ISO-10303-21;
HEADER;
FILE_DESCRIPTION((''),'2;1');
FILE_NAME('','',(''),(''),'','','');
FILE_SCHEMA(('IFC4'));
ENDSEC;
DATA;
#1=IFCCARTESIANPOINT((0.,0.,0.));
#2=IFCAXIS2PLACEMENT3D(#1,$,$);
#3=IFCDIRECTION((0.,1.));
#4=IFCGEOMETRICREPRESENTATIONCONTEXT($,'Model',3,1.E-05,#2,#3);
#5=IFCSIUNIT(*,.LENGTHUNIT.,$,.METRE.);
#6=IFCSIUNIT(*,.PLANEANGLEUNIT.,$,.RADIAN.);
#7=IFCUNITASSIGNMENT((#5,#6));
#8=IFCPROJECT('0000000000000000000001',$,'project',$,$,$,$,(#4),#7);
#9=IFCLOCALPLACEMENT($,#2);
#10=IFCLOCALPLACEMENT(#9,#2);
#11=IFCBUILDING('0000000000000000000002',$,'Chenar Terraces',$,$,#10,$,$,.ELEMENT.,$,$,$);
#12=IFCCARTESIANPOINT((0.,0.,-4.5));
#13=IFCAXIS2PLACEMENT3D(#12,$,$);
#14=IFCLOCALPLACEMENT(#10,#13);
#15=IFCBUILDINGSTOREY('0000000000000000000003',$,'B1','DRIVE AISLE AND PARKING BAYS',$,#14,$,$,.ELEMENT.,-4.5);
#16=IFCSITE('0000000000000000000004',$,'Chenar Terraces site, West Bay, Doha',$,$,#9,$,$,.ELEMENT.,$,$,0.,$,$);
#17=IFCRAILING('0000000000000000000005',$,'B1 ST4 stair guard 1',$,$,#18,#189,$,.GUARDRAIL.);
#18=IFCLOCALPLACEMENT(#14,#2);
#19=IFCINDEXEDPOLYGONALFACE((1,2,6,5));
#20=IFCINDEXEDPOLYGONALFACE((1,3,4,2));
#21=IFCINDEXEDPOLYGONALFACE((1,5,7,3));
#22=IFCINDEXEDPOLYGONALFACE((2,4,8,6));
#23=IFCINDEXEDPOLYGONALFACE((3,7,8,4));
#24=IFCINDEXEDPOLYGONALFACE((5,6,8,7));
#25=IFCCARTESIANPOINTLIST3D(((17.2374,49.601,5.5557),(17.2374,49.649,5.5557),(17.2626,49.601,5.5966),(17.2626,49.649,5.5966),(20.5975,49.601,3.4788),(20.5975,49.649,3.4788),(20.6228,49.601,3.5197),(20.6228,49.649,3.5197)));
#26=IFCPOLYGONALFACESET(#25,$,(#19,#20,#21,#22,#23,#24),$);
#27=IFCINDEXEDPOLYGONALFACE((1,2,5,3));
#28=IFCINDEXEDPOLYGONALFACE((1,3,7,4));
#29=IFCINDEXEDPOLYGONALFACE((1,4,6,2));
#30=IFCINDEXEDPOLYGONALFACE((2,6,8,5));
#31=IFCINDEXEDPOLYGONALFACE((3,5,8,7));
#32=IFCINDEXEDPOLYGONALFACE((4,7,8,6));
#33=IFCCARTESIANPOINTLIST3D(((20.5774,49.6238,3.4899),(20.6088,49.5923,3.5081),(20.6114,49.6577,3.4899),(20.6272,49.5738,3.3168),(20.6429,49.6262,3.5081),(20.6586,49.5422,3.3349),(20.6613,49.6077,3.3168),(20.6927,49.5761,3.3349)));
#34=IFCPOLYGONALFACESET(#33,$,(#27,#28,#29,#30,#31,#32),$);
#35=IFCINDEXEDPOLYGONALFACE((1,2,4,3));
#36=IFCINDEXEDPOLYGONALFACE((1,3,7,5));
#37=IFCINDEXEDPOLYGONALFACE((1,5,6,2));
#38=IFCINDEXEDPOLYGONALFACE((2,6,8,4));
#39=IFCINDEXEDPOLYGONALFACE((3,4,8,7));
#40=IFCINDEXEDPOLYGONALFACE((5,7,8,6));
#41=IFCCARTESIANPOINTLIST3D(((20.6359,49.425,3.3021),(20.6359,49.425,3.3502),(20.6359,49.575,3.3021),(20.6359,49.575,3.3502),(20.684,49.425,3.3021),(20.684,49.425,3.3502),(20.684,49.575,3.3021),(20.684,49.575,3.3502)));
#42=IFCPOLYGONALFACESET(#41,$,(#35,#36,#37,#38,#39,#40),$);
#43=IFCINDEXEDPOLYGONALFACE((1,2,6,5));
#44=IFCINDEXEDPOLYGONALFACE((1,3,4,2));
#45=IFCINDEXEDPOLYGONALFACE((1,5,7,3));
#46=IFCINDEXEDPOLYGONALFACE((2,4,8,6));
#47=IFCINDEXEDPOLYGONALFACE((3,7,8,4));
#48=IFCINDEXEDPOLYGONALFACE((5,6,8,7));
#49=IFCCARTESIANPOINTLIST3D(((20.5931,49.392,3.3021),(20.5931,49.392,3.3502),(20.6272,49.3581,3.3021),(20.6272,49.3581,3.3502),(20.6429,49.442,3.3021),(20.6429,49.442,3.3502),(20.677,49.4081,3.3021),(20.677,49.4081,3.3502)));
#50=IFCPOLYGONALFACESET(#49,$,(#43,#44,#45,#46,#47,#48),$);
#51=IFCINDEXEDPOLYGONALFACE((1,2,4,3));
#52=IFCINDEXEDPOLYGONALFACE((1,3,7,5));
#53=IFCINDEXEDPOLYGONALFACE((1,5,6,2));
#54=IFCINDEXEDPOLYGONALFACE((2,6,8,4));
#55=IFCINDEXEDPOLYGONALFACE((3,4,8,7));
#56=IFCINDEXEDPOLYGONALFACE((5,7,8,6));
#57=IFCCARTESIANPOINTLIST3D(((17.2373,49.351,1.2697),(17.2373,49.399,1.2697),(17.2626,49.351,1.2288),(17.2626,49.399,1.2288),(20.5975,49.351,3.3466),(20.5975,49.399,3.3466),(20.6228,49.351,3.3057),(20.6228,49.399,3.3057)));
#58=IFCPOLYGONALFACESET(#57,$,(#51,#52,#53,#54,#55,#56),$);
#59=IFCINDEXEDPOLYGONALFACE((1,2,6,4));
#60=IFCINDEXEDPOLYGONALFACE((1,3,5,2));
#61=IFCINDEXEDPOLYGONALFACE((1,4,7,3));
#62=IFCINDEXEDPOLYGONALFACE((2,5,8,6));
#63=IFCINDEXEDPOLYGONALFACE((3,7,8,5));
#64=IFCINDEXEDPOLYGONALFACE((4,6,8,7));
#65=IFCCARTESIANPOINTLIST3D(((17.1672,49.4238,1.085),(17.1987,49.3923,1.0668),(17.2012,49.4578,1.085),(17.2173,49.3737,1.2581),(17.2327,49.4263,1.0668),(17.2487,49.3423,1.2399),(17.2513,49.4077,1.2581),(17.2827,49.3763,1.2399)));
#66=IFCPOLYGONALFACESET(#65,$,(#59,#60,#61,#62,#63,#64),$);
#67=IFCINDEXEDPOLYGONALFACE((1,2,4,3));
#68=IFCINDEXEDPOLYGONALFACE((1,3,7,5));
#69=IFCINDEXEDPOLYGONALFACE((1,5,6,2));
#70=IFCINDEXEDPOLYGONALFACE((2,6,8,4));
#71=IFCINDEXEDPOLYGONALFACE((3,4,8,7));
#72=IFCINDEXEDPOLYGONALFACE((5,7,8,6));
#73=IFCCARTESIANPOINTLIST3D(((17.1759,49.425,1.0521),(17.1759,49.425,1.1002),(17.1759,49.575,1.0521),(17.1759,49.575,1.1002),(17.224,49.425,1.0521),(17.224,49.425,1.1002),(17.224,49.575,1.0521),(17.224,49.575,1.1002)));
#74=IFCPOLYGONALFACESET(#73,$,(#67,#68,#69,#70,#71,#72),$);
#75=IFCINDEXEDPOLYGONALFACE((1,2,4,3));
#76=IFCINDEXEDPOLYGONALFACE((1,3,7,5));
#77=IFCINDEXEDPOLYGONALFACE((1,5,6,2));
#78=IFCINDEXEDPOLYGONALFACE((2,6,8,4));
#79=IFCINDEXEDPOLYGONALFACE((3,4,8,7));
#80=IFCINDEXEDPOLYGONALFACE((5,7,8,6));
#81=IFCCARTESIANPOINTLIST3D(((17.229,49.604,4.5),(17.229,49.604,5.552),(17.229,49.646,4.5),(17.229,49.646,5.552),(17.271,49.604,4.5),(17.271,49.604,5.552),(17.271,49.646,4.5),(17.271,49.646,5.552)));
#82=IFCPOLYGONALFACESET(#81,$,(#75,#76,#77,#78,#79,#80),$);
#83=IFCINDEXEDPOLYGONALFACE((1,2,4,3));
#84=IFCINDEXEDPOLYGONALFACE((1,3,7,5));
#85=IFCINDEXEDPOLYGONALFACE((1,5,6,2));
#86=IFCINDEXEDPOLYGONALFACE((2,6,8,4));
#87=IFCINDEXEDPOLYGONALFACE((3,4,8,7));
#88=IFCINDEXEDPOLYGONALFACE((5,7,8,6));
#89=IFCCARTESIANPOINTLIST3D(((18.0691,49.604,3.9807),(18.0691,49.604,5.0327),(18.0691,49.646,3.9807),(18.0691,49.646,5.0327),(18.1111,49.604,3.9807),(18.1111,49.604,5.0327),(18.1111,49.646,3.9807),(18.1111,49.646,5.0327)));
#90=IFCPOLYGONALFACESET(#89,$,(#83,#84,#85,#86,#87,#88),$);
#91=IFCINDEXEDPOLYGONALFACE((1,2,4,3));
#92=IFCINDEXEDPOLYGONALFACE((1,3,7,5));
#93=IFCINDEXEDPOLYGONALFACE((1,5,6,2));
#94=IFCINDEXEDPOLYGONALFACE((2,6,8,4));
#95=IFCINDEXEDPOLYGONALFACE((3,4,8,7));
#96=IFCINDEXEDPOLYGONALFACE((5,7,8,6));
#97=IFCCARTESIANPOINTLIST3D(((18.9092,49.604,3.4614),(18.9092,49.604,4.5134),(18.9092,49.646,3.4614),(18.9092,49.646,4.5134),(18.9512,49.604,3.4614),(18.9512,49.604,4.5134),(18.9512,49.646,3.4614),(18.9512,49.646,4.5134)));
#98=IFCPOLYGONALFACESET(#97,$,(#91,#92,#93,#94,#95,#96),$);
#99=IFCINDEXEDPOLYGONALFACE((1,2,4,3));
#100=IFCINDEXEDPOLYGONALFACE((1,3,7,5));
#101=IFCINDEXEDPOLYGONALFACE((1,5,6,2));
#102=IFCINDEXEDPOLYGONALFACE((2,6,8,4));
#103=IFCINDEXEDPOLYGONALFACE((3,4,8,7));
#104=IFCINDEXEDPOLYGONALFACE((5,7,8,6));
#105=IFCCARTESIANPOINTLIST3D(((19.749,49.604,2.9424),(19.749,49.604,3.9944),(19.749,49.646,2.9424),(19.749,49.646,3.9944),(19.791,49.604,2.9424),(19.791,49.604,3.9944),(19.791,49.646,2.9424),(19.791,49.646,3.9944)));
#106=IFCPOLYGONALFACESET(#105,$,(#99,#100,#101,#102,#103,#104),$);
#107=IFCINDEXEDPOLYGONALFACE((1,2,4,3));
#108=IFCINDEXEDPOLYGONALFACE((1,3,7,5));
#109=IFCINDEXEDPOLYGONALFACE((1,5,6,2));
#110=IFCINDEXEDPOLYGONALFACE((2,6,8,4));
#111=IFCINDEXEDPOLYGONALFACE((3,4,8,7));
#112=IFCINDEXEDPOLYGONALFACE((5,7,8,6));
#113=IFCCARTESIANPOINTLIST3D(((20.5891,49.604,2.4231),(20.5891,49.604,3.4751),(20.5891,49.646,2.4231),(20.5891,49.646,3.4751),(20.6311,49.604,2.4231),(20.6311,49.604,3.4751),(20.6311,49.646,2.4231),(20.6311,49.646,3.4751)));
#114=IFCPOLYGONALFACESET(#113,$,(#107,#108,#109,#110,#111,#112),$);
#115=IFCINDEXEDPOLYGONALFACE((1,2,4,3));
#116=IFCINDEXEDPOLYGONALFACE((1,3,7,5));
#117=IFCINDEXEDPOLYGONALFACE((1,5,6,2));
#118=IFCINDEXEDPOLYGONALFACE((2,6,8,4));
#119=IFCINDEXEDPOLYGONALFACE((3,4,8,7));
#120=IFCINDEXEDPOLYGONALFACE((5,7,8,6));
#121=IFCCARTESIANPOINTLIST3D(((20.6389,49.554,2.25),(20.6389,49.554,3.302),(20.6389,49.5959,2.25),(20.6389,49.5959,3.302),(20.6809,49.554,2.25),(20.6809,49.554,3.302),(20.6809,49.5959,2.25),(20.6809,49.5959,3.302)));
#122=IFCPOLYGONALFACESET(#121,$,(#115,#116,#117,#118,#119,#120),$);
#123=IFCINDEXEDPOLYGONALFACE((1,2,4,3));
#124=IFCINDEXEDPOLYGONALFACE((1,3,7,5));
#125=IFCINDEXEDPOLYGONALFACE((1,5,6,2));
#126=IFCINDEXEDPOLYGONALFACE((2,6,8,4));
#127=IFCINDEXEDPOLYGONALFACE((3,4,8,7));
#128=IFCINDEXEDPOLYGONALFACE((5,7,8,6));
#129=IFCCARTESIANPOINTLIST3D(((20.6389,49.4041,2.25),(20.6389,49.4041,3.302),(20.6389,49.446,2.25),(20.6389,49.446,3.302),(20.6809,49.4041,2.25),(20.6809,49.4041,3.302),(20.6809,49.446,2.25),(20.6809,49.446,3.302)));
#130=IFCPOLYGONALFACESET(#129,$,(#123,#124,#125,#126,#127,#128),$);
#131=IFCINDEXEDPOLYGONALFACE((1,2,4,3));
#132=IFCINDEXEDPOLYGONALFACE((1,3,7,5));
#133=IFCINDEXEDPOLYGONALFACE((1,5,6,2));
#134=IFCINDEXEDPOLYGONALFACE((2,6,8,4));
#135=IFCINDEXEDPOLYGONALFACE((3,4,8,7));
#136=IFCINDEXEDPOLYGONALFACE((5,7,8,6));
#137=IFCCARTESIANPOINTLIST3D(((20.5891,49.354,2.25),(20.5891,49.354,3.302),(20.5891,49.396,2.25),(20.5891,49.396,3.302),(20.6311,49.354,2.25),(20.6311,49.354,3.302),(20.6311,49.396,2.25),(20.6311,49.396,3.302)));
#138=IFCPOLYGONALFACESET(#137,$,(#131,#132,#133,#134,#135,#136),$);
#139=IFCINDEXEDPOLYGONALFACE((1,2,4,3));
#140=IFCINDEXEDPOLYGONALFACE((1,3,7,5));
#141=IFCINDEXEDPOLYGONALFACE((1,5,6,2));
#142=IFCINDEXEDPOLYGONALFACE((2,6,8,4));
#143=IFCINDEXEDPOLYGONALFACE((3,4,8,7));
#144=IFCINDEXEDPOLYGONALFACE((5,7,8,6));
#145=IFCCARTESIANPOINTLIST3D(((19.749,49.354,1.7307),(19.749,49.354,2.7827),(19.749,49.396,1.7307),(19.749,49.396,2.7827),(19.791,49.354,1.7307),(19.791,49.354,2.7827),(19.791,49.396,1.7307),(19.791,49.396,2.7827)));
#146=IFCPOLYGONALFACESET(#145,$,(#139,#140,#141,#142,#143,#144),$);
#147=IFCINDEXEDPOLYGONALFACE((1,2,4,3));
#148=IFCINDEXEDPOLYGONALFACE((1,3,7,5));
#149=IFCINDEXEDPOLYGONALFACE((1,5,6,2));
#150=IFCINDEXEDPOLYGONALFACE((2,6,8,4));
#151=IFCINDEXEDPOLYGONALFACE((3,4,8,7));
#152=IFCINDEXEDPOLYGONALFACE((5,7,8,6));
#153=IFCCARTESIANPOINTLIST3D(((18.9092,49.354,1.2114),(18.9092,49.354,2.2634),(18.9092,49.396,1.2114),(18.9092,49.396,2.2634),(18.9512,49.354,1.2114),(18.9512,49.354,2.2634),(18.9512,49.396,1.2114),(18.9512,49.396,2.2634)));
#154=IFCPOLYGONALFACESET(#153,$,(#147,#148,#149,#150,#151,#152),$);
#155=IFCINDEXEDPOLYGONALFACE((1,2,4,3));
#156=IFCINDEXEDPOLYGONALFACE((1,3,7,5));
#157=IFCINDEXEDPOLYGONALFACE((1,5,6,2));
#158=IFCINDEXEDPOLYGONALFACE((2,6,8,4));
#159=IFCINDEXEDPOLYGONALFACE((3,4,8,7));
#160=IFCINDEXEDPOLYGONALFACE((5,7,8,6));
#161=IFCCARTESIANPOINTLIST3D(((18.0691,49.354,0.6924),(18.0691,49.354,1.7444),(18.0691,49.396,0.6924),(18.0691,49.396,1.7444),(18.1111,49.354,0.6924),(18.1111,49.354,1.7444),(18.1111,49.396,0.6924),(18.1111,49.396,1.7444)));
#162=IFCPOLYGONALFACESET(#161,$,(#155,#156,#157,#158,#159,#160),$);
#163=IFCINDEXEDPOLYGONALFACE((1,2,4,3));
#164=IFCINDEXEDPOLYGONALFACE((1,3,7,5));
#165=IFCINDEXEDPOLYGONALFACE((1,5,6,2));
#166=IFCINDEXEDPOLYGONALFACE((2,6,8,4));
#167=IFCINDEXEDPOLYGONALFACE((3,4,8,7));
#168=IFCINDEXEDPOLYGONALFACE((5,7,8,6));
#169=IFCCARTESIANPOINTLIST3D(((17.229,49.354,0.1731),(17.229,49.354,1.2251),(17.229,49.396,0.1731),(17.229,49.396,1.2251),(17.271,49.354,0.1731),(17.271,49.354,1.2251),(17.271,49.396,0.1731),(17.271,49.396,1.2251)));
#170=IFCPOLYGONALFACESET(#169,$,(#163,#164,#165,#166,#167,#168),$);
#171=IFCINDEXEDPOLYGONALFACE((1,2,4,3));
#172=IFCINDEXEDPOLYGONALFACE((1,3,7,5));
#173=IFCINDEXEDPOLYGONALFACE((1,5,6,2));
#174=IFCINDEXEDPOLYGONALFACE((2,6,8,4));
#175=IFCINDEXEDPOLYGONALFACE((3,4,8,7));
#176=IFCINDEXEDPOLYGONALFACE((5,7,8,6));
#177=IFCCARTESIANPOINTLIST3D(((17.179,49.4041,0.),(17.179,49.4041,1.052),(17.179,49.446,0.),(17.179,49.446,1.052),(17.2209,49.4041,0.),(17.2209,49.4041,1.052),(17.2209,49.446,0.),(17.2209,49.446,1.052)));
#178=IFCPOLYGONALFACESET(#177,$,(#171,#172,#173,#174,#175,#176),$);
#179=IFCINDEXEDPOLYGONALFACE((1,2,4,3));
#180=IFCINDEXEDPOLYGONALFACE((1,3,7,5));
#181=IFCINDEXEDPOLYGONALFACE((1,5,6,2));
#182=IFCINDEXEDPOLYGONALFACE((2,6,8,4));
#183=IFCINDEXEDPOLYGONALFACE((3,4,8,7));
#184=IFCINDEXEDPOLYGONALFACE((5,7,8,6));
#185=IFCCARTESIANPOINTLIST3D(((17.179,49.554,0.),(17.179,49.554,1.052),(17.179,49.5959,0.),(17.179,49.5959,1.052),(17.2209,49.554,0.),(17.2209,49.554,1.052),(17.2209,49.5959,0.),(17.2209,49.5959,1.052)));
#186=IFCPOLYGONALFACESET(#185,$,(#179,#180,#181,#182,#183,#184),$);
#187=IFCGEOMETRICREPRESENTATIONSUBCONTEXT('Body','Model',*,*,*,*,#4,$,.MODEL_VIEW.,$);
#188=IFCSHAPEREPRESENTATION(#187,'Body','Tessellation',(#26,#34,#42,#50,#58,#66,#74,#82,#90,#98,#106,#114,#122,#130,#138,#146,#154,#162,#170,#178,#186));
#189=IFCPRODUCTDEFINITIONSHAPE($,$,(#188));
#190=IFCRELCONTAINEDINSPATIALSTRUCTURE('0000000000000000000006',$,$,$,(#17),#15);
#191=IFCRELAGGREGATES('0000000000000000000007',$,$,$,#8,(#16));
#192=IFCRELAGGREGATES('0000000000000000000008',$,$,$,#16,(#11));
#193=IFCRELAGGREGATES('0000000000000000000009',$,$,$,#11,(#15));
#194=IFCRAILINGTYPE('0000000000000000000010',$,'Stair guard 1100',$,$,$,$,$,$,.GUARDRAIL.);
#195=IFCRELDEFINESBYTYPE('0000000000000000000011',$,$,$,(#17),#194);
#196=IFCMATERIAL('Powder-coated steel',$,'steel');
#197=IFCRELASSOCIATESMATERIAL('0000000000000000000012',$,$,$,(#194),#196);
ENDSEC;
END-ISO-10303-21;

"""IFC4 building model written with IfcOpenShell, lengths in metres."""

from ifc_helpers import new_model, si_unit, direction, frame, origin, origin_2d, place, context, subcontext, project, spatial, rectangle, extrude, material, type_object, element, save


model = new_model("IFC4")

# Units and contexts
model_context = context("Model", 3, precision=1e-05, world=origin(), true_north=direction((0.0, 1.0)))
body_context = subcontext(model_context, "Body", "Model", "MODEL_VIEW")
ifc_project = project(units=[si_unit("LENGTHUNIT", "METRE"), si_unit("PLANEANGLEUNIT", "RADIAN")], contexts=[model_context])

# Site, building, storey
site_placement = place(None, origin())
site = spatial("IfcSite", under=ifc_project, at=site_placement, Name="Chenar Terraces site, West Bay, Doha", CompositionType="ELEMENT", RefElevation=0.0)
building_placement = place(site_placement, origin())
building = spatial("IfcBuilding", under=site, at=building_placement, Name="Chenar Terraces", CompositionType="ELEMENT")
storey_placement = place(building_placement, frame((0.0, 0.0, -4.5)))
storey = spatial("IfcBuildingStorey", under=building, at=storey_placement, Name="B1", Description="DRIVE AISLE AND PARKING BAYS", CompositionType="ELEMENT", Elevation=-4.5)

# Railing
ifc_material_1 = material(Name="Powder-coated steel", Category="steel")
railing_type_1 = type_object("IfcRailingType", Name="Stair guard 1100", PredefinedType="GUARDRAIL", material=ifc_material_1)
railing_1_placement = place(storey_placement, frame((17.25, 49.625, 4.5)))
element("IfcRailing", 1, at=railing_1_placement, inside=storey, type_object=railing_type_1, Name="B1 ST4 stair guard 1", PredefinedType="GUARDRAIL", context=body_context, shape_type="SweptSolid", body=[
    extrude(rectangle(XDim=0.0481, YDim=0.0481, at=origin_2d()), frame((0.0, 0.0, 1.0762), z_axis=(0.850623, 0.0, -0.525776), x_axis=(0.0, 1.0, 0.0)), (0.0, 0.0, 1.0), 3.9502),
    extrude(rectangle(XDim=0.0481, YDim=0.0481, at=origin_2d()), frame((3.3601, 0.0, -1.001), z_axis=(0.266417, -0.267723, -0.92593), x_axis=(0.708834, 0.705376, 0.0)), (0.0, 0.0, 1.0), 0.187),
    extrude(rectangle(XDim=0.0481, YDim=0.0481, at=origin_2d()), frame((3.4099, -0.05, -1.1738), z_axis=(0.0, -1.0, 0.0), x_axis=(1.0, 0.0, 0.0)), (0.0, 0.0, 1.0), 0.1499),
    extrude(rectangle(XDim=0.0481, YDim=0.0481, at=origin_2d()), frame((3.4099, -0.2, -1.1738), z_axis=(-0.705376, -0.708834, 0.0), x_axis=(0.708834, -0.705376, 0.0)), (0.0, 0.0, 1.0), 0.0706),
    extrude(rectangle(XDim=0.0481, YDim=0.0481, at=origin_2d()), frame((3.3601, -0.25, -1.1738), z_axis=(-0.850623, 0.0, -0.525776), x_axis=(0.0, -1.0, 0.0)), (0.0, 0.0, 1.0), 3.9502),
    extrude(rectangle(XDim=0.0481, YDim=0.0481, at=origin_2d()), frame((0.0, -0.25, -3.251), z_axis=(-0.26763, 0.26763, -0.925607), x_axis=(-0.707107, -0.707107, 0.0)), (0.0, 0.0, 1.0), 0.187),
    extrude(rectangle(XDim=0.0481, YDim=0.0481, at=origin_2d()), frame((-0.05, -0.2, -3.4238), z_axis=(0.0, 1.0, 0.0), x_axis=(-1.0, 0.0, 0.0)), (0.0, 0.0, 1.0), 0.1499),
    extrude(rectangle(XDim=0.042, YDim=0.042, at=origin_2d()), origin(), (0.0, 0.0, 1.0), 1.052),
    extrude(rectangle(XDim=0.042, YDim=0.042, at=origin_2d()), frame((0.8401, 0.0, -0.5193)), (0.0, 0.0, 1.0), 1.052),
    extrude(rectangle(XDim=0.042, YDim=0.042, at=origin_2d()), frame((1.6802, 0.0, -1.0386)), (0.0, 0.0, 1.0), 1.052),
    extrude(rectangle(XDim=0.042, YDim=0.042, at=origin_2d()), frame((2.52, 0.0, -1.5576)), (0.0, 0.0, 1.0), 1.052),
    extrude(rectangle(XDim=0.042, YDim=0.042, at=origin_2d()), frame((3.3601, 0.0, -2.0769)), (0.0, 0.0, 1.0), 1.052),
    extrude(rectangle(XDim=0.042, YDim=0.042, at=origin_2d()), frame((3.4099, -0.05, -2.25)), (0.0, 0.0, 1.0), 1.052),
    extrude(rectangle(XDim=0.042, YDim=0.042, at=origin_2d()), frame((3.4099, -0.2, -2.25)), (0.0, 0.0, 1.0), 1.052),
    extrude(rectangle(XDim=0.042, YDim=0.042, at=origin_2d()), frame((3.3601, -0.25, -2.25)), (0.0, 0.0, 1.0), 1.052),
    extrude(rectangle(XDim=0.042, YDim=0.042, at=origin_2d()), frame((2.52, -0.25, -2.7693)), (0.0, 0.0, 1.0), 1.052),
    extrude(rectangle(XDim=0.042, YDim=0.042, at=origin_2d()), frame((1.6802, -0.25, -3.2886)), (0.0, 0.0, 1.0), 1.052),
    extrude(rectangle(XDim=0.042, YDim=0.042, at=origin_2d()), frame((0.8401, -0.25, -3.8076)), (0.0, 0.0, 1.0), 1.052),
    extrude(rectangle(XDim=0.042, YDim=0.042, at=origin_2d()), frame((0.0, -0.25, -4.3269)), (0.0, 0.0, 1.0), 1.052),
    extrude(rectangle(XDim=0.042, YDim=0.042, at=origin_2d()), frame((-0.05, -0.2, -4.5)), (0.0, 0.0, 1.0), 1.052),
    extrude(rectangle(XDim=0.042, YDim=0.042, at=origin_2d()), frame((-0.05, -0.05, -4.5)), (0.0, 0.0, 1.0), 1.052),
])

save(model, "model.ifc")
